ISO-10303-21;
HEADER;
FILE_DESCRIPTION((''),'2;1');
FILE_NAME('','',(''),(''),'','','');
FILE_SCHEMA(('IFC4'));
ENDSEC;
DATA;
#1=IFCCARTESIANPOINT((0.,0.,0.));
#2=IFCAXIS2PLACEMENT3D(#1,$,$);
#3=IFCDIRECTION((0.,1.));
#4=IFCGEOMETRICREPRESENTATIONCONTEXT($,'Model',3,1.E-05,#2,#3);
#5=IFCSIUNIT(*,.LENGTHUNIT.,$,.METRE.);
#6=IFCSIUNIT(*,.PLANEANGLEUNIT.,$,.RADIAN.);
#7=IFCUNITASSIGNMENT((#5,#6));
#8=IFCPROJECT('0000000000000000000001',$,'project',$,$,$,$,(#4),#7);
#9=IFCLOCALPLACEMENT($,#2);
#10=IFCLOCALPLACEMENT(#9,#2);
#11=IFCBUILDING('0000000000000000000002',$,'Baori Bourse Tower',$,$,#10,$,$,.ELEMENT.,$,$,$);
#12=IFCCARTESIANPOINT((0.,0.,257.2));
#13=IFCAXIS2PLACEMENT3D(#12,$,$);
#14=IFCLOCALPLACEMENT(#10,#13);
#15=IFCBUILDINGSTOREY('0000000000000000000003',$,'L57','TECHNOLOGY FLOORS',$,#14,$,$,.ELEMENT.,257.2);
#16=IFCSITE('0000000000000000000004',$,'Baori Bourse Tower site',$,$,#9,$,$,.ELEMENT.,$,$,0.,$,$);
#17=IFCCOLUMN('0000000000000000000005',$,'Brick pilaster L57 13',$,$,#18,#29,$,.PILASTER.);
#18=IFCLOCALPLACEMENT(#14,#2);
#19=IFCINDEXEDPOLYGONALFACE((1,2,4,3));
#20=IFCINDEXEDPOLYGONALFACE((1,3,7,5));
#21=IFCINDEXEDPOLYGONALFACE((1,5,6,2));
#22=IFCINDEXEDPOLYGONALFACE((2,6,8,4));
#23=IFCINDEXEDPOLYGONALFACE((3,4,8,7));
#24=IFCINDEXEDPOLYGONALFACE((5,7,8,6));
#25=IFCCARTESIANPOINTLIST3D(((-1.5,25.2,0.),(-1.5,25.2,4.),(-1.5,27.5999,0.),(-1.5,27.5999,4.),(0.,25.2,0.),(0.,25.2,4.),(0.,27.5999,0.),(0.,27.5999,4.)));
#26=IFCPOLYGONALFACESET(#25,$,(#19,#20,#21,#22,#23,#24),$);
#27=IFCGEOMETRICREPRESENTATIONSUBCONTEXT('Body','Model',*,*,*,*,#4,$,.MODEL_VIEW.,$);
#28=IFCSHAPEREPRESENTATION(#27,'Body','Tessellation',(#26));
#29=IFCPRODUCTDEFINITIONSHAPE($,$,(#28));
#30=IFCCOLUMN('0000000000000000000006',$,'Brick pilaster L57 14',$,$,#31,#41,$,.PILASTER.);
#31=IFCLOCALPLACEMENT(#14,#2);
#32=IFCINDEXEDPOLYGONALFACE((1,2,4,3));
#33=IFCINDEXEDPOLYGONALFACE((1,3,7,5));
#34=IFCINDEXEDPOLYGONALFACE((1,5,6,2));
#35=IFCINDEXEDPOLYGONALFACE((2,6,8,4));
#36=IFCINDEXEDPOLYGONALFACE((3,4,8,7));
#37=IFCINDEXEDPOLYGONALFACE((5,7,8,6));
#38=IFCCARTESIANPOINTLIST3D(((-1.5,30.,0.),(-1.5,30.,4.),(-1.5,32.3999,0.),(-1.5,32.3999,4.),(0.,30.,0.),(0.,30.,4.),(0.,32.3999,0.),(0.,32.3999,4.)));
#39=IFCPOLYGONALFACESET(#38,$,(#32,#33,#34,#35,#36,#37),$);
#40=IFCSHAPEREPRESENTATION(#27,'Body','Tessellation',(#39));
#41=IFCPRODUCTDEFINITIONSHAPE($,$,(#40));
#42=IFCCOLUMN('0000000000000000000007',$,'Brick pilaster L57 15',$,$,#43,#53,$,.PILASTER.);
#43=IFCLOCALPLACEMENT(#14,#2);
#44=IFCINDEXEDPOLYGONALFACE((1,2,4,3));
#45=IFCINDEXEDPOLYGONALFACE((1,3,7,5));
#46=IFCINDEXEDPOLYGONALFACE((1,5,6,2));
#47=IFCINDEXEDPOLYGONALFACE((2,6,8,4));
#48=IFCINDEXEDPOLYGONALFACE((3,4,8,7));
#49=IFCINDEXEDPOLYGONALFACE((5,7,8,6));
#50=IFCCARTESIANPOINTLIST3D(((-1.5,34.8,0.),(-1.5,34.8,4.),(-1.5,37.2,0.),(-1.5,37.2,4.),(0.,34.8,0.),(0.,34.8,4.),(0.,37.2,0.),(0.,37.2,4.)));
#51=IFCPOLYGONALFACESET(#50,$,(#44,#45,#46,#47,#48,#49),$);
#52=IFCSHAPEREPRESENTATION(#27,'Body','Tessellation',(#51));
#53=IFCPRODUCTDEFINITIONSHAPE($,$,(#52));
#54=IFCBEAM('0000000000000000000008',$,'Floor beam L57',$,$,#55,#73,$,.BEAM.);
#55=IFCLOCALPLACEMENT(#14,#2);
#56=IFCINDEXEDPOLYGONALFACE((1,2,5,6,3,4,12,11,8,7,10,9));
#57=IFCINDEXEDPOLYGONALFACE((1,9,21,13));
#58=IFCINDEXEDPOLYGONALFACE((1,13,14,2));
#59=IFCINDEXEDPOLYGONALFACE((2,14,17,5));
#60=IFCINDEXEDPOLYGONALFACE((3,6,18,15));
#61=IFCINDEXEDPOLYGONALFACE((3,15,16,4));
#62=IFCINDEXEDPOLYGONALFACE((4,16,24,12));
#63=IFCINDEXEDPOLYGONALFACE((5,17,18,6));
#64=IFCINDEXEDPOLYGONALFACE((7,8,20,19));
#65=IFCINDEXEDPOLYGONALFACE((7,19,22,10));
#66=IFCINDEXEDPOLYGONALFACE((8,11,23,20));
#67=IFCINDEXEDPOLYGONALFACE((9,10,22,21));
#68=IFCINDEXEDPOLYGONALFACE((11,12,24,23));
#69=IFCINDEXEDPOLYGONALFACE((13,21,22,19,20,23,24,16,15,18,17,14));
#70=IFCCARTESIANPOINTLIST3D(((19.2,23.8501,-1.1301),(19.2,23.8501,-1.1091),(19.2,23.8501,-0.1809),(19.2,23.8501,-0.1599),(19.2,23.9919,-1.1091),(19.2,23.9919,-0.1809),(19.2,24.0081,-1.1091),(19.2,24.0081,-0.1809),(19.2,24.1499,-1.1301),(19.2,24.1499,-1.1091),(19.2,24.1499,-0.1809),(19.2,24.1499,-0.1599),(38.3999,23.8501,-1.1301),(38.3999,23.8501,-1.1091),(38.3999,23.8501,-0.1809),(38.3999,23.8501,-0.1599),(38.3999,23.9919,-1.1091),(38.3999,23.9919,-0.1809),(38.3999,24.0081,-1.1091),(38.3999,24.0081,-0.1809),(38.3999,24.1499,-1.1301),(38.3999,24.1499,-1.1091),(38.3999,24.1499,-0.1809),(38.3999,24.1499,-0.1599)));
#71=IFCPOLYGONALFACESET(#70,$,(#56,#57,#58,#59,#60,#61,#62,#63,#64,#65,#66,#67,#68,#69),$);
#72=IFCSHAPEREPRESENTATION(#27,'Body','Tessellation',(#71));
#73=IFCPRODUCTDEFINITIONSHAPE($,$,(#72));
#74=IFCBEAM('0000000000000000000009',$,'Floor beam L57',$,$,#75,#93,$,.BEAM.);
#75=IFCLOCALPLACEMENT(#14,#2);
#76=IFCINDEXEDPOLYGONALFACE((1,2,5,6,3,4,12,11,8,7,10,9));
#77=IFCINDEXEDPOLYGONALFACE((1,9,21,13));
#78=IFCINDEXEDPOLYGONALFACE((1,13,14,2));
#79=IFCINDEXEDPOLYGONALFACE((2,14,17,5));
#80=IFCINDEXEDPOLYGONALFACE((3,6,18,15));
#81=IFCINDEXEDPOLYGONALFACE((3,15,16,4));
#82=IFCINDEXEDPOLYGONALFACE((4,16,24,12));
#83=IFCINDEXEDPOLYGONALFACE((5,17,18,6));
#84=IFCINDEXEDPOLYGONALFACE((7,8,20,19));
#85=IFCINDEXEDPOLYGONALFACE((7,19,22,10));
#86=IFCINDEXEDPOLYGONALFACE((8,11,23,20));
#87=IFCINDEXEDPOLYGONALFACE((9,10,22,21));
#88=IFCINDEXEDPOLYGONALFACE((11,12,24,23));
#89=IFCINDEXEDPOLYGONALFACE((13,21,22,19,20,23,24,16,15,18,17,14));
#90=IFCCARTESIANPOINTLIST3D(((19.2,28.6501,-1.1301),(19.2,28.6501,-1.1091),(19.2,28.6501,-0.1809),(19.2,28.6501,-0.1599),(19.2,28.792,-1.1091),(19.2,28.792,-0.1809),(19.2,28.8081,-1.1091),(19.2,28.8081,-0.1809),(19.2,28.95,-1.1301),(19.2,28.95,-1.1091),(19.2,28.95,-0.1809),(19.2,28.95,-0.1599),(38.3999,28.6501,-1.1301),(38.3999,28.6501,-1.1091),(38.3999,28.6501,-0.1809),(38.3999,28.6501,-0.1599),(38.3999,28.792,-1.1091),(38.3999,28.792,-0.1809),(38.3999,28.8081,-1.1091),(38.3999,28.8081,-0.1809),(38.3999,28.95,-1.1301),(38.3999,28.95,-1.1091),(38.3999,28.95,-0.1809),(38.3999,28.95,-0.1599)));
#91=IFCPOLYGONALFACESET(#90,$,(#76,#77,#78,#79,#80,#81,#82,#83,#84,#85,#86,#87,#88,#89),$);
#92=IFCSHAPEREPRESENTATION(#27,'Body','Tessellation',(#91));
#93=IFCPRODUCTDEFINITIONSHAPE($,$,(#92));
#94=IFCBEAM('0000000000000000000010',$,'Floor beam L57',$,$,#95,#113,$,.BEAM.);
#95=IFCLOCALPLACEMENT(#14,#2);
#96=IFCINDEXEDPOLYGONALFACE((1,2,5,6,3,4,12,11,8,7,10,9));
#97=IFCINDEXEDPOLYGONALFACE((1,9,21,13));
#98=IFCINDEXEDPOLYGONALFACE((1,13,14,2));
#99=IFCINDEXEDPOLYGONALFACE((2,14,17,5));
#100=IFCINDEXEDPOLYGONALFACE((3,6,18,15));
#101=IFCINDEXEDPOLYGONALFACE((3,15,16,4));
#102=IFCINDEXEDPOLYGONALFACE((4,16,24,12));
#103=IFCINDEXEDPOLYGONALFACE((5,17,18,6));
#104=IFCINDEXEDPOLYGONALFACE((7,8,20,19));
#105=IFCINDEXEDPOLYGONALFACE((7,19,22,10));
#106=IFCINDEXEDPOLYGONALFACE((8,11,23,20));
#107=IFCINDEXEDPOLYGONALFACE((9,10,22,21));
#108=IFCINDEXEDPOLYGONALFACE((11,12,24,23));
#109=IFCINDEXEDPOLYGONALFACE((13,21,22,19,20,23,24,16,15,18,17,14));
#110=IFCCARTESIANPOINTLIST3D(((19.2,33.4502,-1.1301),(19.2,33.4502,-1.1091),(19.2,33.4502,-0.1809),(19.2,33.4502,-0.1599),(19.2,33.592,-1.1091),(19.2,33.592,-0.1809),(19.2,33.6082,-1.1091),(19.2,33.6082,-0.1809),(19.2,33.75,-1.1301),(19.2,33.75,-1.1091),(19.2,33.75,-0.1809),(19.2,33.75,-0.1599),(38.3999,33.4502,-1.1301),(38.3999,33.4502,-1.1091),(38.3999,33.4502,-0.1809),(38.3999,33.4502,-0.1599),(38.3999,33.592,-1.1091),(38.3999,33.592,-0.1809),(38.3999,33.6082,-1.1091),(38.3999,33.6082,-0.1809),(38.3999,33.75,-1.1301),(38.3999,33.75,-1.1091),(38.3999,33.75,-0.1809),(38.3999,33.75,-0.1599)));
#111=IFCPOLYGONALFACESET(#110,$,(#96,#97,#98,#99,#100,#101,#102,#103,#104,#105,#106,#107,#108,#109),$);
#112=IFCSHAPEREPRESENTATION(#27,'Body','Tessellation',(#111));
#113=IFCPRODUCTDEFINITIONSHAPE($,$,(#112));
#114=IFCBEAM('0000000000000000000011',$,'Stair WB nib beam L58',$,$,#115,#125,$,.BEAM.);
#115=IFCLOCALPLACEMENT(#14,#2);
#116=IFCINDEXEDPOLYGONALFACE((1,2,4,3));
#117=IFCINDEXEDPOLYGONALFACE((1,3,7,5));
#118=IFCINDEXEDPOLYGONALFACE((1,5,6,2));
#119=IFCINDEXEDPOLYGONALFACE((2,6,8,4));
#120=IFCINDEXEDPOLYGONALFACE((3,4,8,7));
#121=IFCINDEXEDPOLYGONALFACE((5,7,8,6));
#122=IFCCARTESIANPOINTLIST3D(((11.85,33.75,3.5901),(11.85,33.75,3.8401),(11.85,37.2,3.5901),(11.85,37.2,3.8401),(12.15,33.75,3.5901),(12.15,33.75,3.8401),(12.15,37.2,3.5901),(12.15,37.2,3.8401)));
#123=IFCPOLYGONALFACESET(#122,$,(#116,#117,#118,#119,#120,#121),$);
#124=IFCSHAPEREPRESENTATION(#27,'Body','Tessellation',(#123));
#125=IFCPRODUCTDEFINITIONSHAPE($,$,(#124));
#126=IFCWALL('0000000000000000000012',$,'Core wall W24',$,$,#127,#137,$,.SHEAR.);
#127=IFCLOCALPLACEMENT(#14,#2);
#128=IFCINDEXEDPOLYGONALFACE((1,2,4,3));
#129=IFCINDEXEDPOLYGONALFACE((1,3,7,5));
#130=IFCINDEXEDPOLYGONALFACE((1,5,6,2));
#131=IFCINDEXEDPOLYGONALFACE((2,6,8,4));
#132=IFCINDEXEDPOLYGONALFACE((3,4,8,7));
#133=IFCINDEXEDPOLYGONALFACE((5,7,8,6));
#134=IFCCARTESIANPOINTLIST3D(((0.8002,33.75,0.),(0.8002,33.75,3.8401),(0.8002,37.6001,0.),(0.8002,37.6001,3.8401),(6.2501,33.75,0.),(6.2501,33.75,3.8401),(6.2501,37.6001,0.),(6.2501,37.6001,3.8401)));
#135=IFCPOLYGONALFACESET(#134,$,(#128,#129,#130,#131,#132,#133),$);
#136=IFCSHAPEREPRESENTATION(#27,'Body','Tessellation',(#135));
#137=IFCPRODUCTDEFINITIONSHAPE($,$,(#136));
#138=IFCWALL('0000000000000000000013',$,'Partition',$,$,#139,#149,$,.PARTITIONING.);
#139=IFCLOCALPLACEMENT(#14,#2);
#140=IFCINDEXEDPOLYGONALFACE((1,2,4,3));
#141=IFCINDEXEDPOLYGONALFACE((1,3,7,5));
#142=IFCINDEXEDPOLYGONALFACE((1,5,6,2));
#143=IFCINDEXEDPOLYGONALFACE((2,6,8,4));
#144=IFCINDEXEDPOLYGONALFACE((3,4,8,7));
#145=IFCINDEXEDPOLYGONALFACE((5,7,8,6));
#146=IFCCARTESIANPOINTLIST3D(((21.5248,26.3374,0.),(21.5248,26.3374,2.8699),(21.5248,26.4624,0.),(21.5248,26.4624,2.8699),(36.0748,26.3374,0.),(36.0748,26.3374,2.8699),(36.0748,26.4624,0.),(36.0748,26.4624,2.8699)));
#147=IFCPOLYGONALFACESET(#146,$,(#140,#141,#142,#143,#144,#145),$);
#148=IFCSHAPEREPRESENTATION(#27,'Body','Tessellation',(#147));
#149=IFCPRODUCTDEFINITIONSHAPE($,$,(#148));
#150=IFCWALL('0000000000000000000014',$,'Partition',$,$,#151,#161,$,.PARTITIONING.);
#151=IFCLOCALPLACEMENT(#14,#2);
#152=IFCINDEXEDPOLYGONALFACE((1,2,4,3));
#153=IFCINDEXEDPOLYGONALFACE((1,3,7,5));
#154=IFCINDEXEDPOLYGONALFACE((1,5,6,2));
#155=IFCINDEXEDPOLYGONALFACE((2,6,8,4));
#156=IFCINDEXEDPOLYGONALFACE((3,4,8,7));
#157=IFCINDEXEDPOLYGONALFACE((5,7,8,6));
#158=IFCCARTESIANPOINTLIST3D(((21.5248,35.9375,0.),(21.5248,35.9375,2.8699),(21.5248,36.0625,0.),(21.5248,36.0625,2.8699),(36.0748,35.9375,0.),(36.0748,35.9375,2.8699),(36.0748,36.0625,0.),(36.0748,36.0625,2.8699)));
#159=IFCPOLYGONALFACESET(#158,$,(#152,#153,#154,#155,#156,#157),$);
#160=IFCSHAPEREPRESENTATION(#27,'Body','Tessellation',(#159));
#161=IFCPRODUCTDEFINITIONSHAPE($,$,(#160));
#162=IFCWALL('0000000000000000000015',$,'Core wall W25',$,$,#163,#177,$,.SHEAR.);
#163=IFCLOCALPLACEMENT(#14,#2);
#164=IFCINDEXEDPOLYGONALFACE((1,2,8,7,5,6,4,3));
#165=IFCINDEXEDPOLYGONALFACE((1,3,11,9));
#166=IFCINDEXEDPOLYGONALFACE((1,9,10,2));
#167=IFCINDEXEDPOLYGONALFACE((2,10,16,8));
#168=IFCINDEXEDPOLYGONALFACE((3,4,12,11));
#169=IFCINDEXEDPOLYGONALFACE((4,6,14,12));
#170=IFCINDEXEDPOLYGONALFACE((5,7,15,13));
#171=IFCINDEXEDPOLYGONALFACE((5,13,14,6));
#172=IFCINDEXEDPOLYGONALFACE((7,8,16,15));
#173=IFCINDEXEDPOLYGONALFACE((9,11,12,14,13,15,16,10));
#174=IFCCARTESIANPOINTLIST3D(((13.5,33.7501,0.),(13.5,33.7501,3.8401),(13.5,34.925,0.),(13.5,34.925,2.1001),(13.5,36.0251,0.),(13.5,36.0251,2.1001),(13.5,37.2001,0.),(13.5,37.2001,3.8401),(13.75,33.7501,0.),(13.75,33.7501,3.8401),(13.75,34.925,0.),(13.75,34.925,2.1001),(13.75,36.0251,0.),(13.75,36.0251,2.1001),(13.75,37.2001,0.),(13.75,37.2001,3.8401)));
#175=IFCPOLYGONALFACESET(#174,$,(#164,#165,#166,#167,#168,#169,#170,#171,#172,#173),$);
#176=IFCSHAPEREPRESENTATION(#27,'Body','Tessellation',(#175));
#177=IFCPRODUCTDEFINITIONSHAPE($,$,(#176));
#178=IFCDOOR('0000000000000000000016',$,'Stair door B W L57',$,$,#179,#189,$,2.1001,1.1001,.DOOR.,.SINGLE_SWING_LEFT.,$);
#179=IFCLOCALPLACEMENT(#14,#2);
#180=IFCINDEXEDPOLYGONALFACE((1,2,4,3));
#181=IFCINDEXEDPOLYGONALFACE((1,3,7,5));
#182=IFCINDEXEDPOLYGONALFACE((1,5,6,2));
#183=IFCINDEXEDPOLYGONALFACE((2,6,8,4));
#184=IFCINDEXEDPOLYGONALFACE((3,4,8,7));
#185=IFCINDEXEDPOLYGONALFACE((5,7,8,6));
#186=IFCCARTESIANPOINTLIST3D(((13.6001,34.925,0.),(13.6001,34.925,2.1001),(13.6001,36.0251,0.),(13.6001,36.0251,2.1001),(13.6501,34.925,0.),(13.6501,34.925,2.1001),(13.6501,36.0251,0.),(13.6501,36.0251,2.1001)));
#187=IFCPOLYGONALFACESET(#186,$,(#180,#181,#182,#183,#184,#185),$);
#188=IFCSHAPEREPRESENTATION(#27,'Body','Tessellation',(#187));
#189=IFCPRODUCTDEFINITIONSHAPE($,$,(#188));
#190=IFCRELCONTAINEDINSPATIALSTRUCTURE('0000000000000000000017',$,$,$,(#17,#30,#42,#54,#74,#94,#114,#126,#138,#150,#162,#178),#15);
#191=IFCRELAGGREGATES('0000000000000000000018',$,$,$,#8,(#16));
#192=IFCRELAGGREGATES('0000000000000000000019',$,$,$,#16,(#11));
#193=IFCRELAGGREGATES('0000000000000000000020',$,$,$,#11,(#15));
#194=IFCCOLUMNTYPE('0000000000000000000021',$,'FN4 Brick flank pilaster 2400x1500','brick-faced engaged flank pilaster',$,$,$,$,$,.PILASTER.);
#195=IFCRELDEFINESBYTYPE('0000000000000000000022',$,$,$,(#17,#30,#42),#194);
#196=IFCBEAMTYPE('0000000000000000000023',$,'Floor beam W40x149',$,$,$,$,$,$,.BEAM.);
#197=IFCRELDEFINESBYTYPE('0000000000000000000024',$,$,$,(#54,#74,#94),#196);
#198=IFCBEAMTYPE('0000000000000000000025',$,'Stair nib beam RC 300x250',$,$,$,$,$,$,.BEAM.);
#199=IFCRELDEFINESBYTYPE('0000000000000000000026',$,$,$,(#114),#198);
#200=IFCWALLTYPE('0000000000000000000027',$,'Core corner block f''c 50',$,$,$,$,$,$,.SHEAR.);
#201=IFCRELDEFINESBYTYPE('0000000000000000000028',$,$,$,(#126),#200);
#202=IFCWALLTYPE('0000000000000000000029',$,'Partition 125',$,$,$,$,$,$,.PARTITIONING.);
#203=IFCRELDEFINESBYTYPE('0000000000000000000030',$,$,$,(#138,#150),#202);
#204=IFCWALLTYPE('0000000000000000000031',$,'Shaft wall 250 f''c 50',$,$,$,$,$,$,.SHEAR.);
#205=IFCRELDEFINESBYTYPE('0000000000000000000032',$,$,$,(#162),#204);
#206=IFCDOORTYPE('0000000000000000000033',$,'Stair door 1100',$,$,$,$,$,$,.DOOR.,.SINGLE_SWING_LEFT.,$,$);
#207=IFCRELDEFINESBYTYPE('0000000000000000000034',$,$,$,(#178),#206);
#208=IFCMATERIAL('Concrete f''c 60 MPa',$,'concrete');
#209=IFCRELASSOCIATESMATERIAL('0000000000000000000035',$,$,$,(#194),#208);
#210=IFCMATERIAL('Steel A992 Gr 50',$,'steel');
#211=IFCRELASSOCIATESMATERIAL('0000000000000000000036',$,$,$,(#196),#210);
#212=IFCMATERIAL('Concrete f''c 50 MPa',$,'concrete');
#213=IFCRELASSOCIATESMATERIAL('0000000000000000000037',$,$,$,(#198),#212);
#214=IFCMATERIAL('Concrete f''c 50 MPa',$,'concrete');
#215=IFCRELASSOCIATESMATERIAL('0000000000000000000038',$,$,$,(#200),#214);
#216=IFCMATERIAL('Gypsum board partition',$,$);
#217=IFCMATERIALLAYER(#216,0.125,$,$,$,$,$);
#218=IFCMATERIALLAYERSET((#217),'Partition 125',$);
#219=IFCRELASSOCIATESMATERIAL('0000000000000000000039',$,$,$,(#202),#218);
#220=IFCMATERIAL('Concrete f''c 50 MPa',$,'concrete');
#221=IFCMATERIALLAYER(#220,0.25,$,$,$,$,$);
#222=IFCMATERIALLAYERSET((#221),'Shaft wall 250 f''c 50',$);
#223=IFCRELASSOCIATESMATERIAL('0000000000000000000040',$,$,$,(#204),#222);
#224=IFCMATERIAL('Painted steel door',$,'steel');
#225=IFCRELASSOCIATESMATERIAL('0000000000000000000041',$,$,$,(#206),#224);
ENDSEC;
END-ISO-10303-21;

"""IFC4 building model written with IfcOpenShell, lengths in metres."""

from ifc_helpers import new_model, si_unit, direction, frame, frame_2d, origin, origin_2d, place, context, subcontext, project, spatial, rectangle, i_section, extrude, material, layer, layer_set, material_profile, profile_set, type_object, element, fill, save


model = new_model("IFC4")

# Units and contexts
model_context = context("Model", 3, precision=1e-05, world=origin(), true_north=direction((0.0, 1.0)))
body_context = subcontext(model_context, "Body", "Model", "MODEL_VIEW")
ifc_project = project(units=[si_unit("LENGTHUNIT", "METRE"), si_unit("PLANEANGLEUNIT", "RADIAN")], contexts=[model_context])

# Site, building, storey
site_placement = place(None, origin())
site = spatial("IfcSite", under=ifc_project, at=site_placement, Name="Baori Bourse Tower site", CompositionType="ELEMENT", RefElevation=0.0)
building_placement = place(site_placement, origin())
building = spatial("IfcBuilding", under=site, at=building_placement, Name="Baori Bourse Tower", CompositionType="ELEMENT")
storey_placement = place(building_placement, frame((0.0, 0.0, 257.2)))
storey = spatial("IfcBuildingStorey", under=building, at=storey_placement, Name="L57", Description="TECHNOLOGY FLOORS", CompositionType="ELEMENT", Elevation=257.2)

# Columns
ifc_material_1 = material(Name="Concrete f'c 60 MPa", Category="concrete")
ifc_material_profile_1 = material_profile(ifc_material_1, rectangle(XDim=2.3999, YDim=1.5, at=origin_2d()), Name="RC 2400x1500")
ifc_profile_set_1 = profile_set([ifc_material_profile_1], Name="Concrete f'c 60 MPa")
column_type = type_object("IfcColumnType", Name="FN4 Brick flank pilaster 2400x1500", Description="brick-faced engaged flank pilaster", PredefinedType="PILASTER", material=ifc_profile_set_1)
for number, where, z_axis, x_axis, name in (
    (1, (-0.75, 26.3999, 0.0), (0.0, 0.0, 1.0), (0.0, 1.0, 0.0), "Brick pilaster L57 13"),
    (2, (-0.75, 31.2, 0.0), (0.0, 0.0, 1.0), (0.0, 1.0, 0.0), "Brick pilaster L57 14"),
    (3, (-0.75, 36.0, 0.0), (0.0, 0.0, 1.0), (0.0, 1.0, 0.0), "Brick pilaster L57 15"),
):
    element("IfcColumn", number, at=place(storey_placement, frame(where, z_axis=z_axis, x_axis=x_axis)), inside=storey, type_object=column_type, Name=name, PredefinedType="PILASTER", context=body_context, shape_type="SweptSolid", body=[
        extrude(rectangle(XDim=2.3999, YDim=1.5, at=origin_2d()), origin(), (0.0, 0.0, 1.0), 4.0),
    ])

# Beams
ifc_material_2 = material(Name="Steel A992 Gr 50", Category="steel")
ifc_material_profile_2 = material_profile(ifc_material_2, i_section(OverallWidth=0.2998, OverallDepth=0.9702, WebThickness=0.0161, FlangeThickness=0.021, at=origin_2d()), Name="W40x149")
ifc_profile_set_2 = profile_set([ifc_material_profile_2], Name="Steel A992 Gr 50")
beam_type_1 = type_object("IfcBeamType", Name="Floor beam W40x149", PredefinedType="BEAM", material=ifc_profile_set_2)
for number, where, z_axis, x_axis, name in (
    (4, (19.2, 24.0, -0.645), (1.0, 0.0, 0.0), (0.0, 1.0, 0.0), "Floor beam L57"),
    (5, (19.2, 28.8, -0.645), (1.0, 0.0, 0.0), (0.0, 1.0, 0.0), "Floor beam L57"),
    (6, (19.2, 33.6001, -0.645), (1.0, 0.0, 0.0), (0.0, 1.0, 0.0), "Floor beam L57"),
):
    element("IfcBeam", number, at=place(storey_placement, frame(where, z_axis=z_axis, x_axis=x_axis)), inside=storey, type_object=beam_type_1, Name=name, PredefinedType="BEAM", context=body_context, shape_type="SweptSolid", body=[
        extrude(i_section(OverallWidth=0.2998, OverallDepth=0.9702, WebThickness=0.0161, FlangeThickness=0.021, at=origin_2d()), origin(), (0.0, 0.0, 1.0), 19.2),
    ])
ifc_material_3 = material(Name="Concrete f'c 50 MPa", Category="concrete")
ifc_material_profile_3 = material_profile(ifc_material_3, rectangle(XDim=0.3, YDim=0.25, at=origin_2d()), Name="RC 300x250")
ifc_profile_set_3 = profile_set([ifc_material_profile_3], Name="Concrete f'c 50 MPa")
beam_type_2 = type_object("IfcBeamType", Name="Stair nib beam RC 300x250", PredefinedType="BEAM", material=ifc_profile_set_3)
beam_placement = place(storey_placement, frame((12.0, 33.75, 3.7151), z_axis=(0.0, 1.0, 0.0), x_axis=(-1.0, 0.0, 0.0)))
element("IfcBeam", 7, at=beam_placement, inside=storey, type_object=beam_type_2, Name="Stair WB nib beam L58", PredefinedType="BEAM", context=body_context, shape_type="SweptSolid", body=[
    extrude(rectangle(XDim=0.3, YDim=0.25, at=origin_2d()), origin(), (0.0, 0.0, 1.0), 3.45),
])

# Walls
ifc_material_4 = material(Name="Concrete f'c 50 MPa", Category="concrete")
wall_type_1 = type_object("IfcWallType", Name="Core corner block f'c 50", PredefinedType="SHEAR", material=ifc_material_4)
wall_1_placement = place(storey_placement, frame((0.8, 35.675, 0.0), z_axis=(0.0, 0.0, 1.0), x_axis=(1.0, 0.0, 0.0)))
element("IfcWall", 8, at=wall_1_placement, inside=storey, type_object=wall_type_1, Name="Core wall W24", PredefinedType="SHEAR", context=body_context, shape_type="SweptSolid", body=[
    extrude(rectangle(XDim=5.45, YDim=3.8501, at=frame_2d((2.7251, 0.0))), origin(), (0.0, 0.0, 1.0), 3.8401),
])
ifc_material_5 = material(Name="Gypsum board partition")
ifc_layer_1 = layer(ifc_material_5, 0.125)
ifc_layer_set_1 = layer_set([ifc_layer_1], Name="Partition 125")
wall_type_2 = type_object("IfcWallType", Name="Partition 125", PredefinedType="PARTITIONING", material=ifc_layer_set_1)
for number, where, z_axis, x_axis, name in (
    (9, (21.5249, 26.3999, 0.0), (0.0, 0.0, 1.0), (1.0, 0.0, 0.0), "Partition"),
    (10, (21.5249, 36.0, 0.0), (0.0, 0.0, 1.0), (1.0, 0.0, 0.0), "Partition"),
):
    element("IfcWall", number, at=place(storey_placement, frame(where, z_axis=z_axis, x_axis=x_axis)), inside=storey, type_object=wall_type_2, Name=name, PredefinedType="PARTITIONING", context=body_context, shape_type="SweptSolid", body=[
        extrude(rectangle(XDim=14.55, YDim=0.125, at=frame_2d((7.2749, 0.0))), origin(), (0.0, 0.0, 1.0), 2.8699),
    ])

# Wall, opening, door
ifc_material_6 = material(Name="Concrete f'c 50 MPa", Category="concrete")
ifc_layer_2 = layer(ifc_material_6, 0.25)
ifc_layer_set_2 = layer_set([ifc_layer_2], Name="Shaft wall 250 f'c 50")
wall_type_3 = type_object("IfcWallType", Name="Shaft wall 250 f'c 50", PredefinedType="SHEAR", material=ifc_layer_set_2)
wall_2_placement = place(storey_placement, frame((13.625, 33.75, 0.0), z_axis=(0.0, 0.0, 1.0), x_axis=(0.0, 1.0, 0.0)))
wall_2 = element("IfcWall", 11, at=wall_2_placement, inside=storey, type_object=wall_type_3, Name="Core wall W25", PredefinedType="SHEAR", context=body_context, shape_type="SweptSolid", body=[
    extrude(rectangle(XDim=3.45, YDim=0.25, at=frame_2d((1.7251, 0.0))), origin(), (0.0, 0.0, 1.0), 3.8401),
])
opening_1_placement = place(wall_2_placement, frame((1.175, 0.0, 0.0)))
opening_1 = element("IfcOpeningElement", 12, at=opening_1_placement, cuts=wall_2, PredefinedType="OPENING", context=body_context, shape_type="SweptSolid", body=[
    extrude(rectangle(XDim=1.1001, YDim=2.1001, at=frame_2d((0.55, 1.05))), frame((0.0, 0.135, 0.0), z_axis=(0.0, -1.0, 0.0), x_axis=(1.0, 0.0, 0.0)), (0.0, 0.0, 1.0), 0.27),
])
ifc_material_7 = material(Name="Painted steel door", Category="steel")
door_type_1 = type_object("IfcDoorType", Name="Stair door 1100", OperationType="SINGLE_SWING_LEFT", PredefinedType="DOOR", material=ifc_material_7)
door_1_placement = place(opening_1_placement, origin())
door_1 = element("IfcDoor", 13, at=door_1_placement, inside=storey, type_object=door_type_1, Name="Stair door B W L57", OperationType="SINGLE_SWING_LEFT", OverallHeight=2.1001, OverallWidth=1.1001, PredefinedType="DOOR", context=body_context, shape_type="SweptSolid", body=[
    extrude(rectangle(XDim=1.1001, YDim=2.1001, at=frame_2d((0.55, 1.05))), frame((0.0, 0.0249, 0.0), z_axis=(0.0, -1.0, 0.0), x_axis=(1.0, 0.0, 0.0)), (0.0, 0.0, 1.0), 0.05),
])
fill(opening_1, door_1)

save(model, "model.ifc")
